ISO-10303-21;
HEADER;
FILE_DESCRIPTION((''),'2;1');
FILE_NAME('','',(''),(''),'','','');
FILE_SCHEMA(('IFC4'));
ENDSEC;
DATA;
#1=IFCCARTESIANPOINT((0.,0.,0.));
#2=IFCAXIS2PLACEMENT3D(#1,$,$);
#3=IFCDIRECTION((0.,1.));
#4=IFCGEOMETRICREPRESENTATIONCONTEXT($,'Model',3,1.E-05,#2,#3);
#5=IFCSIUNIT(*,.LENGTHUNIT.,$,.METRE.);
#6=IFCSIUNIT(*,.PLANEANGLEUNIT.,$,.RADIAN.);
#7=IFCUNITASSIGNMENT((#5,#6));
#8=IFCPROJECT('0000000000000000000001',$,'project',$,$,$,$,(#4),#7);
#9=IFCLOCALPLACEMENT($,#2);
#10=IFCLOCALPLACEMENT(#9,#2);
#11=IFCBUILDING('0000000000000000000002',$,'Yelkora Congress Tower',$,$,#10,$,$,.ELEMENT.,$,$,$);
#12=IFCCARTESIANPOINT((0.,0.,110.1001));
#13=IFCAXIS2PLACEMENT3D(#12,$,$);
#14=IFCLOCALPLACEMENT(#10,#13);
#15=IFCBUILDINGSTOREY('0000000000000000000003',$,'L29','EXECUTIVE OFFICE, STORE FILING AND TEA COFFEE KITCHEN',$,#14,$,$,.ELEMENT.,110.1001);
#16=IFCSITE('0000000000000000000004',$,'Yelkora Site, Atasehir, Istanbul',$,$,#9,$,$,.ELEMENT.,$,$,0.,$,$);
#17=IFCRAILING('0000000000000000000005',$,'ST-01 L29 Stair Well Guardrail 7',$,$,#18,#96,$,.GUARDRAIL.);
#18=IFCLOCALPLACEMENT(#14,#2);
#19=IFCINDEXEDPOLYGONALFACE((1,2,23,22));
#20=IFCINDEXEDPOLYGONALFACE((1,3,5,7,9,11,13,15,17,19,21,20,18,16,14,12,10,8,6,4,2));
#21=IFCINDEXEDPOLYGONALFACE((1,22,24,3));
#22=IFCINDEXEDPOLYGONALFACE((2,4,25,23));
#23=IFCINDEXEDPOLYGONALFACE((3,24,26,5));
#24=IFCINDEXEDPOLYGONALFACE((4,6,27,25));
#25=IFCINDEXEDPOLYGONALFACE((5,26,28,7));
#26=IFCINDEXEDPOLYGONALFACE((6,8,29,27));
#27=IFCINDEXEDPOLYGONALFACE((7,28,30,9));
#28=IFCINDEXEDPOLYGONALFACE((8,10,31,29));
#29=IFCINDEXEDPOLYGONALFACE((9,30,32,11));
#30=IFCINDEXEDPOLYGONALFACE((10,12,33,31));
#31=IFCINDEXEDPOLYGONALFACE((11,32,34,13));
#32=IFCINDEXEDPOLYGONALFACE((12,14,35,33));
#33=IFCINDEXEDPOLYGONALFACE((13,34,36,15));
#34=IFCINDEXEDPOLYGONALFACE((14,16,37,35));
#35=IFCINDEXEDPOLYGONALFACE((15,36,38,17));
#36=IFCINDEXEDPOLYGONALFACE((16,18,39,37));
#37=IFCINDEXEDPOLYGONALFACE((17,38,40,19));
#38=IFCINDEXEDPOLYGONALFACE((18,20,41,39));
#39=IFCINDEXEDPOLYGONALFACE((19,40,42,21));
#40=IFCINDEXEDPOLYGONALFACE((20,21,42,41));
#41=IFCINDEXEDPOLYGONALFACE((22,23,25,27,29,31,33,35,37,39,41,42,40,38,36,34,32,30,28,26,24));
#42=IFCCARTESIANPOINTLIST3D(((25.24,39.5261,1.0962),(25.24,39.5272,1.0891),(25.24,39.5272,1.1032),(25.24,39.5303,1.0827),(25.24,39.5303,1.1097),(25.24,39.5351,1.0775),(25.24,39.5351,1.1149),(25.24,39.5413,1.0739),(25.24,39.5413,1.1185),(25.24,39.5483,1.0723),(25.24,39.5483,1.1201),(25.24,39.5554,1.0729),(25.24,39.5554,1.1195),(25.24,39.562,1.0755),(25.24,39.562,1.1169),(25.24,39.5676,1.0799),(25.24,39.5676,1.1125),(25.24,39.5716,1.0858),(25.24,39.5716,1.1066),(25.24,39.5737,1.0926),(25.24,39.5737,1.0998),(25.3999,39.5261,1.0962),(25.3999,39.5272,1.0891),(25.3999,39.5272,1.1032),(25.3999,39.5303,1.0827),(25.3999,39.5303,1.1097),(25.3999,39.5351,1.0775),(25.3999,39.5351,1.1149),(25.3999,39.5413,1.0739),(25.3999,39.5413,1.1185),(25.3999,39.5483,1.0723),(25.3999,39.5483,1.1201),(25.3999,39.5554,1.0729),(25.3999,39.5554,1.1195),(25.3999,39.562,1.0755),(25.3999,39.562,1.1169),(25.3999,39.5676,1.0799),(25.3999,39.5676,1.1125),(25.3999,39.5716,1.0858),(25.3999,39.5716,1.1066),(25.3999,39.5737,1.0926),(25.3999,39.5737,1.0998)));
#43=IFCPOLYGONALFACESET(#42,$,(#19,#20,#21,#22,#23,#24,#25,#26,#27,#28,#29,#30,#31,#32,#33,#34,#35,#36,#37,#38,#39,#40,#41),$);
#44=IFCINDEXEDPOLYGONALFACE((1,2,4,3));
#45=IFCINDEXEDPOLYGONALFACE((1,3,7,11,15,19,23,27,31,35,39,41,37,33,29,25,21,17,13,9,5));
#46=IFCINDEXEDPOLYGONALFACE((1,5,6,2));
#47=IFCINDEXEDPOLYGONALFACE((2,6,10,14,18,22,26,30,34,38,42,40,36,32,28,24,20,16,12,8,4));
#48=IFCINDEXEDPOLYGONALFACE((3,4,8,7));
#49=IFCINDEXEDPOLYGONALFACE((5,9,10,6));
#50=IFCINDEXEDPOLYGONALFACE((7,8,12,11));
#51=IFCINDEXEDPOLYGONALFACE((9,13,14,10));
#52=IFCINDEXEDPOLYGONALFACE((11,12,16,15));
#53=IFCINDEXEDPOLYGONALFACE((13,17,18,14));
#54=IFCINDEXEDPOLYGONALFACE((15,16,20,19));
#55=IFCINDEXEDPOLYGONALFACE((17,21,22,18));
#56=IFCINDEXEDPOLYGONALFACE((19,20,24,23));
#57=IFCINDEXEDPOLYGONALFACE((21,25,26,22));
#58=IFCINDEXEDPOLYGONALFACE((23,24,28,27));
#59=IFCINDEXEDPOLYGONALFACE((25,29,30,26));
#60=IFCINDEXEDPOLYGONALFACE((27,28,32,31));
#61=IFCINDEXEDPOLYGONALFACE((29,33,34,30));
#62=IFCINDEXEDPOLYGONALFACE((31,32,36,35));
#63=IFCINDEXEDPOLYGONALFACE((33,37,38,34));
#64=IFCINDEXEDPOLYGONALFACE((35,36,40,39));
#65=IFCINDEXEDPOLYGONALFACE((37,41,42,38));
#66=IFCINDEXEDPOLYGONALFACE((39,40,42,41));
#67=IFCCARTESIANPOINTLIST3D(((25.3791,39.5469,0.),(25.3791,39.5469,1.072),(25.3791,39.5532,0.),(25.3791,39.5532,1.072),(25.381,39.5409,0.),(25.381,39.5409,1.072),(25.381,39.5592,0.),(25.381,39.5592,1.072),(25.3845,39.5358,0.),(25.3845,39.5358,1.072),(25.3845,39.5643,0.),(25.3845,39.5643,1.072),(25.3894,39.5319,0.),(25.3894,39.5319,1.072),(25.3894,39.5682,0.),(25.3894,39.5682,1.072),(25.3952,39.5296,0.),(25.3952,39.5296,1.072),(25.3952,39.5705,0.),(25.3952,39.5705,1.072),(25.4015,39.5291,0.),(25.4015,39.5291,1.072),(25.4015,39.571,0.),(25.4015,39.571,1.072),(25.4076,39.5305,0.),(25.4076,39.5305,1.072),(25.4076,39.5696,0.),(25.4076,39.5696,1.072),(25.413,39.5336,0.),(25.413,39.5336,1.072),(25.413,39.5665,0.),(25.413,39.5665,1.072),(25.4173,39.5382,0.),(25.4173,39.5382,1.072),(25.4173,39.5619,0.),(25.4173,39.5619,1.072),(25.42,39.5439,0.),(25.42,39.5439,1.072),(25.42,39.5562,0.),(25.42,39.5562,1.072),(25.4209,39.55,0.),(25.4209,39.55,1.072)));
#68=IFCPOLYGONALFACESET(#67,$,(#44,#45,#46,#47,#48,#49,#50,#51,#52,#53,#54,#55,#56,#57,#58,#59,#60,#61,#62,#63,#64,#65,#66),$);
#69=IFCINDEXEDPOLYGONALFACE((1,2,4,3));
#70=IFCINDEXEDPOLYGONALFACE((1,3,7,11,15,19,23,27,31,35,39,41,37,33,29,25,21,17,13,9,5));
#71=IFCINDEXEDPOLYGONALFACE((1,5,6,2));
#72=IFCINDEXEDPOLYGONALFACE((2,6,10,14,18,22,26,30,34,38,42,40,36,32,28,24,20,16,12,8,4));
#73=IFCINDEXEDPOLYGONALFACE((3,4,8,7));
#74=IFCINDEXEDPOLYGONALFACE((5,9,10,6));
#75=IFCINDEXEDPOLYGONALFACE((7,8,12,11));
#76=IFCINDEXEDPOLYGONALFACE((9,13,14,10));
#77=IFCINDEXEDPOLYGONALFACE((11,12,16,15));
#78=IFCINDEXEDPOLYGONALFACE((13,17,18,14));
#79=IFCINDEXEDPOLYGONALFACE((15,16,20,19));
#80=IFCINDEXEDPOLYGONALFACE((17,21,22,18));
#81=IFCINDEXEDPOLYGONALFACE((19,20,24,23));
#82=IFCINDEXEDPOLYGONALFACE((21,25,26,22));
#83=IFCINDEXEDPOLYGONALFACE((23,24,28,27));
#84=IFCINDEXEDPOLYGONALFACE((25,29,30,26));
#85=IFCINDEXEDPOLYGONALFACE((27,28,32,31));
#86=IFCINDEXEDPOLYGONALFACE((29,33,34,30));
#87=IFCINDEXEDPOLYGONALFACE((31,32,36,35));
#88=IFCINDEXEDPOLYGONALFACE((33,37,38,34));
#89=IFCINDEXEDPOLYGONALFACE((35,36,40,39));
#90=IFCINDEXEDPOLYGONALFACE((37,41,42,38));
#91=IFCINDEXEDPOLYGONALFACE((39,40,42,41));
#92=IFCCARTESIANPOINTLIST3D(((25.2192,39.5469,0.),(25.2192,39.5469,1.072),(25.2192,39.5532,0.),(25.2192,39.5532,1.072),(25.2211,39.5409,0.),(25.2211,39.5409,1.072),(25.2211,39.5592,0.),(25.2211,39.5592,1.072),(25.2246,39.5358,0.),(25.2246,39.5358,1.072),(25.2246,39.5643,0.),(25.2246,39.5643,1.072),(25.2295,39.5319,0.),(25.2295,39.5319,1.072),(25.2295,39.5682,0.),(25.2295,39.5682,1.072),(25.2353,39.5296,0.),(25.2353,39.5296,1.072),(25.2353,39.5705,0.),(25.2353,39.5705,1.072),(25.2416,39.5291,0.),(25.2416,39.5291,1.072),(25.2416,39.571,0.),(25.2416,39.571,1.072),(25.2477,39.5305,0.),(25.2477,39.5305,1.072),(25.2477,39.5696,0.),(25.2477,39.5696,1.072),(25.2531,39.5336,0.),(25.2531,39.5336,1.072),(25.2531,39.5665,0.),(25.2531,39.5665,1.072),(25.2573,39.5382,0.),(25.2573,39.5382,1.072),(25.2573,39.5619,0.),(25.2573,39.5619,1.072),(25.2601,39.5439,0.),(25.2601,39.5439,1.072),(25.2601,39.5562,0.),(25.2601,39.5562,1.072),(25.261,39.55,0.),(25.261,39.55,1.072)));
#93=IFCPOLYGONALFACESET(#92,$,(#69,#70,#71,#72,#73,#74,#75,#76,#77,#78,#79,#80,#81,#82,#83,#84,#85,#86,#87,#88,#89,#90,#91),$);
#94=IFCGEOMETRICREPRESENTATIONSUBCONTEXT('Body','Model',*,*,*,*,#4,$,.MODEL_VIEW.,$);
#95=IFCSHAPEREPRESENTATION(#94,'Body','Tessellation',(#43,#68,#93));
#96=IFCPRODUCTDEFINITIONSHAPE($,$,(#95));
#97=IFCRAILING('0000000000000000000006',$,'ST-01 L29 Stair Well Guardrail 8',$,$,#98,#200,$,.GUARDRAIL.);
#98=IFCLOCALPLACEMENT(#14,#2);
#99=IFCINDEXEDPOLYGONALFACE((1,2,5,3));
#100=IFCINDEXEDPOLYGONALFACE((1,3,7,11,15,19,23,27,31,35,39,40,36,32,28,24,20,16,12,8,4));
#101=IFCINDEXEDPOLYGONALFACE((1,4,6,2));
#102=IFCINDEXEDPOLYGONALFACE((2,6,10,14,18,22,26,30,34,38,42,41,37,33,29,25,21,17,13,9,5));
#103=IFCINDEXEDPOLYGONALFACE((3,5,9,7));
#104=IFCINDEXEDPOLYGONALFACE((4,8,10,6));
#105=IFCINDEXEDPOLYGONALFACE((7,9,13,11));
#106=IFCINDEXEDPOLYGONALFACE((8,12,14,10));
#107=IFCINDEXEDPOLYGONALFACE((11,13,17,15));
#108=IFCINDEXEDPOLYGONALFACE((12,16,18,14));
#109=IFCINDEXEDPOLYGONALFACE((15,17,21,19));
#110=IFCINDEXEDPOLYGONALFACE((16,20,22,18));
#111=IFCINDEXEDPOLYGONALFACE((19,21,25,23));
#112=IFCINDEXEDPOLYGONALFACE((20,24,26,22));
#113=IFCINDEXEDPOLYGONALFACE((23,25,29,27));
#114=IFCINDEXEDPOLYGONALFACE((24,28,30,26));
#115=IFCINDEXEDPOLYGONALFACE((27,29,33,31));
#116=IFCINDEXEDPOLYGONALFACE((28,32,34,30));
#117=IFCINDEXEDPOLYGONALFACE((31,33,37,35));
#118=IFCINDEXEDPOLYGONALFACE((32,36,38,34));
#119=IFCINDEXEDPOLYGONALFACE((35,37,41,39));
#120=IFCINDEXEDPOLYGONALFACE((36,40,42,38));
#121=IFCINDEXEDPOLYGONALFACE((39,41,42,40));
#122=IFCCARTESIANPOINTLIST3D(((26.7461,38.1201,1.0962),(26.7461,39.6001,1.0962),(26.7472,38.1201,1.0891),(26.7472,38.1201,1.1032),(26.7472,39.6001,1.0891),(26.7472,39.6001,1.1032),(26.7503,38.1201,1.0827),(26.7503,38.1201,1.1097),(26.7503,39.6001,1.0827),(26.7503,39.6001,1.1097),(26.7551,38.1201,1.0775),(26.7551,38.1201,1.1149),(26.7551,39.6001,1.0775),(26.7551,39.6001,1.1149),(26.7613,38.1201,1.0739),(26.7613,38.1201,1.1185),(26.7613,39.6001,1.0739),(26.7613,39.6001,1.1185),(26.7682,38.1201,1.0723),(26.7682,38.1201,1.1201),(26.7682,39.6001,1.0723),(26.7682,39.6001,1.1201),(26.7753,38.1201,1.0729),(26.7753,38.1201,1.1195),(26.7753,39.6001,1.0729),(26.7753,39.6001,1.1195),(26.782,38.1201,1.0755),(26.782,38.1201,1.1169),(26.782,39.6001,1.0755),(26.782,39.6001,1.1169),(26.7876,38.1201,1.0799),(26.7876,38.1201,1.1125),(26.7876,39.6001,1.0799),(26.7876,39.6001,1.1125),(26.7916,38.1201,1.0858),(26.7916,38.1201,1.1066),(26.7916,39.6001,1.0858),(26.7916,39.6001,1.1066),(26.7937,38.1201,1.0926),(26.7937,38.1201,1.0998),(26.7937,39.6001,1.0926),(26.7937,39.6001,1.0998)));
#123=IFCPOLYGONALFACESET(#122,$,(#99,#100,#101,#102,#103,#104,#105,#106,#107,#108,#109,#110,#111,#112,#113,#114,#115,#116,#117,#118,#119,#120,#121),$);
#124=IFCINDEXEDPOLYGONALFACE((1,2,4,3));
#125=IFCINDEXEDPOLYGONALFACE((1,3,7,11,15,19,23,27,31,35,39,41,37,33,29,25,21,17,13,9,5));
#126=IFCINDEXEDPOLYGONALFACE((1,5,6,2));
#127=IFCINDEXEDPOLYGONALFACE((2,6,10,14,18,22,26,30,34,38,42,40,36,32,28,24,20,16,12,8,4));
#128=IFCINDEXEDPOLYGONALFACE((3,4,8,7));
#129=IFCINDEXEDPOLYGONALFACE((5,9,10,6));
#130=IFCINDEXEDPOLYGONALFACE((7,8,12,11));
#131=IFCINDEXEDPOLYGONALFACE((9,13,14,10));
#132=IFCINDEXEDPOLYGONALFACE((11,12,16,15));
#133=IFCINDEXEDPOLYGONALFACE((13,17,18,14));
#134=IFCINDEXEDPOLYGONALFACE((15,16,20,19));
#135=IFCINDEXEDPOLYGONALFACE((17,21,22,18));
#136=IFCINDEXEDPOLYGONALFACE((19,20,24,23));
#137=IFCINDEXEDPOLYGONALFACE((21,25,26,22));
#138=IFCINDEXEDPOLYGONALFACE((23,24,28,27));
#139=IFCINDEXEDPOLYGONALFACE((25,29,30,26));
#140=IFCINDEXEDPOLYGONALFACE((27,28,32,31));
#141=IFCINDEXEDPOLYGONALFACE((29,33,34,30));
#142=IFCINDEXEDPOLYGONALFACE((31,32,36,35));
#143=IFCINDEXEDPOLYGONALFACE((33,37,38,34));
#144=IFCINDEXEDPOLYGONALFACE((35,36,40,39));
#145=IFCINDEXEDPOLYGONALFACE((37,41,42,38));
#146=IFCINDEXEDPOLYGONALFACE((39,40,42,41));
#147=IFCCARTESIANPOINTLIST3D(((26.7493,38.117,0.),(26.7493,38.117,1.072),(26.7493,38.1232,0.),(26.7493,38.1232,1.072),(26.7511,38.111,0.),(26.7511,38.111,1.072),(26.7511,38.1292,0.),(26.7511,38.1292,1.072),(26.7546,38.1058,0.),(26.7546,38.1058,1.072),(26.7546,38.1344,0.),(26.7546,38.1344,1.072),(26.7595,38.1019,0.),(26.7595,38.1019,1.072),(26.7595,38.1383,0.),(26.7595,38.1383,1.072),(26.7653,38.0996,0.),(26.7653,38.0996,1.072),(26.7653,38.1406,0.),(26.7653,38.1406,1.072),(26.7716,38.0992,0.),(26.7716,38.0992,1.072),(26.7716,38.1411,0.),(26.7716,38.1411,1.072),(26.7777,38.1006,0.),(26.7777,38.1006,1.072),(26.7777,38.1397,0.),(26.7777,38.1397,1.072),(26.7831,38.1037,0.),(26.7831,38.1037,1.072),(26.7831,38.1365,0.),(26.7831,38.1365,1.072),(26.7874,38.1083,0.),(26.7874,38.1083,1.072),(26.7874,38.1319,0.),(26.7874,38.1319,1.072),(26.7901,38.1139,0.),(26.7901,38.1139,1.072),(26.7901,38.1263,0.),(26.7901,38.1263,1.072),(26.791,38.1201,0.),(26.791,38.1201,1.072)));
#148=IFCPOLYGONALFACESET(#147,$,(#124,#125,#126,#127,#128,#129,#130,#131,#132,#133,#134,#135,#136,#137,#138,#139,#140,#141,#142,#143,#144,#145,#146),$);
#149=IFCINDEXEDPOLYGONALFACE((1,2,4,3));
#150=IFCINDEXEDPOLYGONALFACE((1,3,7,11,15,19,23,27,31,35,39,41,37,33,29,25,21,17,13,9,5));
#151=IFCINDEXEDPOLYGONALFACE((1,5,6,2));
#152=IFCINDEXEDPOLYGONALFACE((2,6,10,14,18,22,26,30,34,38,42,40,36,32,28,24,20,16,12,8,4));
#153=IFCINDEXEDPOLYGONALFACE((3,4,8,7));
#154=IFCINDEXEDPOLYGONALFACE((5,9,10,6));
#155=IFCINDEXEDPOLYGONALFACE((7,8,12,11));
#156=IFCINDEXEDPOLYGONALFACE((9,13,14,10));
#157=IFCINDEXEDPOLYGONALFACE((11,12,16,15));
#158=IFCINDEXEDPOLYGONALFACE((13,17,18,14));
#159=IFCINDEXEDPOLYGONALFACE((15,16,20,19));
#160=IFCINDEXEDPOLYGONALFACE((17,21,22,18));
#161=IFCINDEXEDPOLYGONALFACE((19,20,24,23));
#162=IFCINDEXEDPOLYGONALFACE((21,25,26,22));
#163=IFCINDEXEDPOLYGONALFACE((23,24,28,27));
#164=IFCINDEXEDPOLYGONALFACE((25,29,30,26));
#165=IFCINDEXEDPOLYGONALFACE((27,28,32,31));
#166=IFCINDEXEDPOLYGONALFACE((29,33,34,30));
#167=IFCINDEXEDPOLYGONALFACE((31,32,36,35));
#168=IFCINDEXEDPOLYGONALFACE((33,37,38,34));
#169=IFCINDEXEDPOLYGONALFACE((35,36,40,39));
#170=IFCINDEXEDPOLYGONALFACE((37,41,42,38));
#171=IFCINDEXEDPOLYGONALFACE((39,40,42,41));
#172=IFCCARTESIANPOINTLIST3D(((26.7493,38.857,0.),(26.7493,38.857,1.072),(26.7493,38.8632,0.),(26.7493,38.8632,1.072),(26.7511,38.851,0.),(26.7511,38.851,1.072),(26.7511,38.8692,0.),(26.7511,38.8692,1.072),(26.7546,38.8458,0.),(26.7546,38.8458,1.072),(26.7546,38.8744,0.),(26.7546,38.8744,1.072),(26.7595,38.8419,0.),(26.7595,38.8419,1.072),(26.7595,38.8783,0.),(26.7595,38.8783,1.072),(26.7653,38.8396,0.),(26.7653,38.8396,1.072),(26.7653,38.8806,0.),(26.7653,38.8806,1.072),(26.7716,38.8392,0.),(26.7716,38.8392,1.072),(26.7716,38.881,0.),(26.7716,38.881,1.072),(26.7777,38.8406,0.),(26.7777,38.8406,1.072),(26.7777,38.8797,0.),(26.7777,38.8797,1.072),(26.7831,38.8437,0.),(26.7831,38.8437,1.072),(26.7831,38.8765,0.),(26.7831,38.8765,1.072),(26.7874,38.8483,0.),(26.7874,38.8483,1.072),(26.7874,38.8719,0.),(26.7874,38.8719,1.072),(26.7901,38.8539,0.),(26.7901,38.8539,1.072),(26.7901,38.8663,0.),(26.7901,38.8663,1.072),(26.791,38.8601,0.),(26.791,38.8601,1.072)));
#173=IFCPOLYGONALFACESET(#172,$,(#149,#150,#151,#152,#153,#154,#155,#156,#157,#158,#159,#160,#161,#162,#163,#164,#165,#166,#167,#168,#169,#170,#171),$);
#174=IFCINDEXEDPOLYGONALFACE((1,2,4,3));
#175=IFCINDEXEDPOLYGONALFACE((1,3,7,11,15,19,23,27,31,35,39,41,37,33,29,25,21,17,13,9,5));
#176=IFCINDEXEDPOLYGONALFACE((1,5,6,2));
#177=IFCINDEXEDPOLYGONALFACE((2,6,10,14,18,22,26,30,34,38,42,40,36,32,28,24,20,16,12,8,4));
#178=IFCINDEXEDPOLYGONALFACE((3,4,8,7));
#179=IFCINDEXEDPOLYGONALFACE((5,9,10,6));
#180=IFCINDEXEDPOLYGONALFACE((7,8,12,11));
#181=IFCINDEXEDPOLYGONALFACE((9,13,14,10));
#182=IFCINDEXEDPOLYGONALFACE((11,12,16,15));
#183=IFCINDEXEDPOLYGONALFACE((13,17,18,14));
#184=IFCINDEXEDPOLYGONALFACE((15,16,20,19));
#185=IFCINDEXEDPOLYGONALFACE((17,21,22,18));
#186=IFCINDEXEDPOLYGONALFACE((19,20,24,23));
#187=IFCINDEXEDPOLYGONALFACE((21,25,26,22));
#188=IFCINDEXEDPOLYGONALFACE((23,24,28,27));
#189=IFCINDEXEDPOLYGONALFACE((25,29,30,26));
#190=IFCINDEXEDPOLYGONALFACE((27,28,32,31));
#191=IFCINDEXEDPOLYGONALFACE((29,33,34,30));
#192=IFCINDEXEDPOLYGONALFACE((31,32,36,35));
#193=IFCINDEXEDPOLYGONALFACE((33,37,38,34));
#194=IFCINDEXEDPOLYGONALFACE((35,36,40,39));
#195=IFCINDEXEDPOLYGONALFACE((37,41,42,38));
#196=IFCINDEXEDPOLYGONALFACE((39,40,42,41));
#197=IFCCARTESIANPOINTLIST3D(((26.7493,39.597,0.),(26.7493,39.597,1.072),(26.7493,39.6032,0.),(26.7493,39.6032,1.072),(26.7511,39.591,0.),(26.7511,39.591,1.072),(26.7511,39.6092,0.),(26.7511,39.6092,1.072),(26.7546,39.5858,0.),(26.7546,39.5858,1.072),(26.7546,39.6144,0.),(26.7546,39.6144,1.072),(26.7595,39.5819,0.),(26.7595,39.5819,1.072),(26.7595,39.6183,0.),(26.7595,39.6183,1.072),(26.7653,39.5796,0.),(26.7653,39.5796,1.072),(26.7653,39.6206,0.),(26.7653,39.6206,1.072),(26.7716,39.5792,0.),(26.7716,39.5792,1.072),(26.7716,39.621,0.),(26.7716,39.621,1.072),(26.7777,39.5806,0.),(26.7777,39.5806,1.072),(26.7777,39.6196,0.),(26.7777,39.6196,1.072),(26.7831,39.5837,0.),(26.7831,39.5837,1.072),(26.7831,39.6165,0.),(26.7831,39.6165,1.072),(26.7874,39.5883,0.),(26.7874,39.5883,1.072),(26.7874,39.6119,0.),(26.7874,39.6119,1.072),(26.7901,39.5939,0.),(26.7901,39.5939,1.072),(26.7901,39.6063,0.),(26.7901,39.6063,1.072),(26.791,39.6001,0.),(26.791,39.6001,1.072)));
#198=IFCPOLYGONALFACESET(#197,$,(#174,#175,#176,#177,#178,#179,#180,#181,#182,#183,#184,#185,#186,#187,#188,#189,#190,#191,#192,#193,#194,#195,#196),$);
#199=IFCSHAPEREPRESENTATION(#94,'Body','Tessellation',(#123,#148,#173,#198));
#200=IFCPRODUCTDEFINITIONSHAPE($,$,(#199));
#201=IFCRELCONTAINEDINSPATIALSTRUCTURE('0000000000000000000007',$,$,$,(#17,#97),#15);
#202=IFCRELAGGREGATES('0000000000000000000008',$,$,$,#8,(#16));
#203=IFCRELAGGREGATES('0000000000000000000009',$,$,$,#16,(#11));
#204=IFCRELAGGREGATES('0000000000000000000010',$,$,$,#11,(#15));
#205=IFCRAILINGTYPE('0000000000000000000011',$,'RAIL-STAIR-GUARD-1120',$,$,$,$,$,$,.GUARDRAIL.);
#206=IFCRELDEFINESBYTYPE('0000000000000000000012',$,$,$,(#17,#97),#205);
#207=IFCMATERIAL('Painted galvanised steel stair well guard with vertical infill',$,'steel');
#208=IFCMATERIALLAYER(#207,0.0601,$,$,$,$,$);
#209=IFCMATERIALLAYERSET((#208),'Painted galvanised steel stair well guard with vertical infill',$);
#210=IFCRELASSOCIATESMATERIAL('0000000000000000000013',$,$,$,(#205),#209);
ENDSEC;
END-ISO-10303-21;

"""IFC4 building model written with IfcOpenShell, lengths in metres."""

from ifc_helpers import new_model, si_unit, direction, frame, origin, origin_2d, place, context, subcontext, project, spatial, circle, extrude, material, layer, layer_set, type_object, element, save


model = new_model("IFC4")

# Units and contexts
model_context = context("Model", 3, precision=1e-05, world=origin(), true_north=direction((0.0, 1.0)))
body_context = subcontext(model_context, "Body", "Model", "MODEL_VIEW")
ifc_project = project(units=[si_unit("LENGTHUNIT", "METRE"), si_unit("PLANEANGLEUNIT", "RADIAN")], contexts=[model_context])

# Site, building, storey
site_placement = place(None, origin())
site = spatial("IfcSite", under=ifc_project, at=site_placement, Name="Yelkora Site, Atasehir, Istanbul", CompositionType="ELEMENT", RefElevation=0.0)
building_placement = place(site_placement, origin())
building = spatial("IfcBuilding", under=site, at=building_placement, Name="Yelkora Congress Tower", CompositionType="ELEMENT")
storey_placement = place(building_placement, frame((0.0, 0.0, 110.1001)))
storey = spatial("IfcBuildingStorey", under=building, at=storey_placement, Name="L29", Description="EXECUTIVE OFFICE, STORE FILING AND TEA COFFEE KITCHEN", CompositionType="ELEMENT", Elevation=110.1001)

# Railings
ifc_material_1 = material(Name="Painted galvanised steel stair well guard with vertical infill", Category="steel")
ifc_layer_1 = layer(ifc_material_1, 0.0601)
ifc_layer_set_1 = layer_set([ifc_layer_1], Name="Painted galvanised steel stair well guard with vertical infill")
railing_type_1 = type_object("IfcRailingType", Name="RAIL-STAIR-GUARD-1120", PredefinedType="GUARDRAIL", material=ifc_layer_set_1)
railing_1_placement = place(storey_placement, frame((25.3999, 39.55, 0.0)))
element("IfcRailing", 1, at=railing_1_placement, inside=storey, type_object=railing_type_1, Name="ST-01 L29 Stair Well Guardrail 7", PredefinedType="GUARDRAIL", context=body_context, shape_type="SweptSolid", body=[
    extrude(circle(Radius=0.0239, at=origin_2d()), frame((0.0, 0.0, 1.0962), z_axis=(-1.0, 0.0, 0.0), x_axis=(0.0, -1.0, 0.0)), (0.0, 0.0, 1.0), 0.1599),
    extrude(circle(Radius=0.021, at=origin_2d()), origin(), (0.0, 0.0, 1.0), 1.072),
    extrude(circle(Radius=0.021, at=origin_2d()), frame((-0.1599, 0.0, 0.0)), (0.0, 0.0, 1.0), 1.072),
])
railing_2_placement = place(storey_placement, frame((26.77, 38.1201, 0.0)))
element("IfcRailing", 2, at=railing_2_placement, inside=storey, type_object=railing_type_1, Name="ST-01 L29 Stair Well Guardrail 8", PredefinedType="GUARDRAIL", context=body_context, shape_type="SweptSolid", body=[
    extrude(circle(Radius=0.0239, at=origin_2d()), frame((0.0, 0.0, 1.0962), z_axis=(0.0, 1.0, 0.0), x_axis=(-1.0, 0.0, 0.0)), (0.0, 0.0, 1.0), 1.48),
    extrude(circle(Radius=0.021, at=origin_2d()), origin(), (0.0, 0.0, 1.0), 1.072),
    extrude(circle(Radius=0.021, at=origin_2d()), frame((0.0, 0.74, 0.0)), (0.0, 0.0, 1.0), 1.072),
    extrude(circle(Radius=0.021, at=origin_2d()), frame((0.0, 1.48, 0.0)), (0.0, 0.0, 1.0), 1.072),
])

save(model, "model.ifc")
